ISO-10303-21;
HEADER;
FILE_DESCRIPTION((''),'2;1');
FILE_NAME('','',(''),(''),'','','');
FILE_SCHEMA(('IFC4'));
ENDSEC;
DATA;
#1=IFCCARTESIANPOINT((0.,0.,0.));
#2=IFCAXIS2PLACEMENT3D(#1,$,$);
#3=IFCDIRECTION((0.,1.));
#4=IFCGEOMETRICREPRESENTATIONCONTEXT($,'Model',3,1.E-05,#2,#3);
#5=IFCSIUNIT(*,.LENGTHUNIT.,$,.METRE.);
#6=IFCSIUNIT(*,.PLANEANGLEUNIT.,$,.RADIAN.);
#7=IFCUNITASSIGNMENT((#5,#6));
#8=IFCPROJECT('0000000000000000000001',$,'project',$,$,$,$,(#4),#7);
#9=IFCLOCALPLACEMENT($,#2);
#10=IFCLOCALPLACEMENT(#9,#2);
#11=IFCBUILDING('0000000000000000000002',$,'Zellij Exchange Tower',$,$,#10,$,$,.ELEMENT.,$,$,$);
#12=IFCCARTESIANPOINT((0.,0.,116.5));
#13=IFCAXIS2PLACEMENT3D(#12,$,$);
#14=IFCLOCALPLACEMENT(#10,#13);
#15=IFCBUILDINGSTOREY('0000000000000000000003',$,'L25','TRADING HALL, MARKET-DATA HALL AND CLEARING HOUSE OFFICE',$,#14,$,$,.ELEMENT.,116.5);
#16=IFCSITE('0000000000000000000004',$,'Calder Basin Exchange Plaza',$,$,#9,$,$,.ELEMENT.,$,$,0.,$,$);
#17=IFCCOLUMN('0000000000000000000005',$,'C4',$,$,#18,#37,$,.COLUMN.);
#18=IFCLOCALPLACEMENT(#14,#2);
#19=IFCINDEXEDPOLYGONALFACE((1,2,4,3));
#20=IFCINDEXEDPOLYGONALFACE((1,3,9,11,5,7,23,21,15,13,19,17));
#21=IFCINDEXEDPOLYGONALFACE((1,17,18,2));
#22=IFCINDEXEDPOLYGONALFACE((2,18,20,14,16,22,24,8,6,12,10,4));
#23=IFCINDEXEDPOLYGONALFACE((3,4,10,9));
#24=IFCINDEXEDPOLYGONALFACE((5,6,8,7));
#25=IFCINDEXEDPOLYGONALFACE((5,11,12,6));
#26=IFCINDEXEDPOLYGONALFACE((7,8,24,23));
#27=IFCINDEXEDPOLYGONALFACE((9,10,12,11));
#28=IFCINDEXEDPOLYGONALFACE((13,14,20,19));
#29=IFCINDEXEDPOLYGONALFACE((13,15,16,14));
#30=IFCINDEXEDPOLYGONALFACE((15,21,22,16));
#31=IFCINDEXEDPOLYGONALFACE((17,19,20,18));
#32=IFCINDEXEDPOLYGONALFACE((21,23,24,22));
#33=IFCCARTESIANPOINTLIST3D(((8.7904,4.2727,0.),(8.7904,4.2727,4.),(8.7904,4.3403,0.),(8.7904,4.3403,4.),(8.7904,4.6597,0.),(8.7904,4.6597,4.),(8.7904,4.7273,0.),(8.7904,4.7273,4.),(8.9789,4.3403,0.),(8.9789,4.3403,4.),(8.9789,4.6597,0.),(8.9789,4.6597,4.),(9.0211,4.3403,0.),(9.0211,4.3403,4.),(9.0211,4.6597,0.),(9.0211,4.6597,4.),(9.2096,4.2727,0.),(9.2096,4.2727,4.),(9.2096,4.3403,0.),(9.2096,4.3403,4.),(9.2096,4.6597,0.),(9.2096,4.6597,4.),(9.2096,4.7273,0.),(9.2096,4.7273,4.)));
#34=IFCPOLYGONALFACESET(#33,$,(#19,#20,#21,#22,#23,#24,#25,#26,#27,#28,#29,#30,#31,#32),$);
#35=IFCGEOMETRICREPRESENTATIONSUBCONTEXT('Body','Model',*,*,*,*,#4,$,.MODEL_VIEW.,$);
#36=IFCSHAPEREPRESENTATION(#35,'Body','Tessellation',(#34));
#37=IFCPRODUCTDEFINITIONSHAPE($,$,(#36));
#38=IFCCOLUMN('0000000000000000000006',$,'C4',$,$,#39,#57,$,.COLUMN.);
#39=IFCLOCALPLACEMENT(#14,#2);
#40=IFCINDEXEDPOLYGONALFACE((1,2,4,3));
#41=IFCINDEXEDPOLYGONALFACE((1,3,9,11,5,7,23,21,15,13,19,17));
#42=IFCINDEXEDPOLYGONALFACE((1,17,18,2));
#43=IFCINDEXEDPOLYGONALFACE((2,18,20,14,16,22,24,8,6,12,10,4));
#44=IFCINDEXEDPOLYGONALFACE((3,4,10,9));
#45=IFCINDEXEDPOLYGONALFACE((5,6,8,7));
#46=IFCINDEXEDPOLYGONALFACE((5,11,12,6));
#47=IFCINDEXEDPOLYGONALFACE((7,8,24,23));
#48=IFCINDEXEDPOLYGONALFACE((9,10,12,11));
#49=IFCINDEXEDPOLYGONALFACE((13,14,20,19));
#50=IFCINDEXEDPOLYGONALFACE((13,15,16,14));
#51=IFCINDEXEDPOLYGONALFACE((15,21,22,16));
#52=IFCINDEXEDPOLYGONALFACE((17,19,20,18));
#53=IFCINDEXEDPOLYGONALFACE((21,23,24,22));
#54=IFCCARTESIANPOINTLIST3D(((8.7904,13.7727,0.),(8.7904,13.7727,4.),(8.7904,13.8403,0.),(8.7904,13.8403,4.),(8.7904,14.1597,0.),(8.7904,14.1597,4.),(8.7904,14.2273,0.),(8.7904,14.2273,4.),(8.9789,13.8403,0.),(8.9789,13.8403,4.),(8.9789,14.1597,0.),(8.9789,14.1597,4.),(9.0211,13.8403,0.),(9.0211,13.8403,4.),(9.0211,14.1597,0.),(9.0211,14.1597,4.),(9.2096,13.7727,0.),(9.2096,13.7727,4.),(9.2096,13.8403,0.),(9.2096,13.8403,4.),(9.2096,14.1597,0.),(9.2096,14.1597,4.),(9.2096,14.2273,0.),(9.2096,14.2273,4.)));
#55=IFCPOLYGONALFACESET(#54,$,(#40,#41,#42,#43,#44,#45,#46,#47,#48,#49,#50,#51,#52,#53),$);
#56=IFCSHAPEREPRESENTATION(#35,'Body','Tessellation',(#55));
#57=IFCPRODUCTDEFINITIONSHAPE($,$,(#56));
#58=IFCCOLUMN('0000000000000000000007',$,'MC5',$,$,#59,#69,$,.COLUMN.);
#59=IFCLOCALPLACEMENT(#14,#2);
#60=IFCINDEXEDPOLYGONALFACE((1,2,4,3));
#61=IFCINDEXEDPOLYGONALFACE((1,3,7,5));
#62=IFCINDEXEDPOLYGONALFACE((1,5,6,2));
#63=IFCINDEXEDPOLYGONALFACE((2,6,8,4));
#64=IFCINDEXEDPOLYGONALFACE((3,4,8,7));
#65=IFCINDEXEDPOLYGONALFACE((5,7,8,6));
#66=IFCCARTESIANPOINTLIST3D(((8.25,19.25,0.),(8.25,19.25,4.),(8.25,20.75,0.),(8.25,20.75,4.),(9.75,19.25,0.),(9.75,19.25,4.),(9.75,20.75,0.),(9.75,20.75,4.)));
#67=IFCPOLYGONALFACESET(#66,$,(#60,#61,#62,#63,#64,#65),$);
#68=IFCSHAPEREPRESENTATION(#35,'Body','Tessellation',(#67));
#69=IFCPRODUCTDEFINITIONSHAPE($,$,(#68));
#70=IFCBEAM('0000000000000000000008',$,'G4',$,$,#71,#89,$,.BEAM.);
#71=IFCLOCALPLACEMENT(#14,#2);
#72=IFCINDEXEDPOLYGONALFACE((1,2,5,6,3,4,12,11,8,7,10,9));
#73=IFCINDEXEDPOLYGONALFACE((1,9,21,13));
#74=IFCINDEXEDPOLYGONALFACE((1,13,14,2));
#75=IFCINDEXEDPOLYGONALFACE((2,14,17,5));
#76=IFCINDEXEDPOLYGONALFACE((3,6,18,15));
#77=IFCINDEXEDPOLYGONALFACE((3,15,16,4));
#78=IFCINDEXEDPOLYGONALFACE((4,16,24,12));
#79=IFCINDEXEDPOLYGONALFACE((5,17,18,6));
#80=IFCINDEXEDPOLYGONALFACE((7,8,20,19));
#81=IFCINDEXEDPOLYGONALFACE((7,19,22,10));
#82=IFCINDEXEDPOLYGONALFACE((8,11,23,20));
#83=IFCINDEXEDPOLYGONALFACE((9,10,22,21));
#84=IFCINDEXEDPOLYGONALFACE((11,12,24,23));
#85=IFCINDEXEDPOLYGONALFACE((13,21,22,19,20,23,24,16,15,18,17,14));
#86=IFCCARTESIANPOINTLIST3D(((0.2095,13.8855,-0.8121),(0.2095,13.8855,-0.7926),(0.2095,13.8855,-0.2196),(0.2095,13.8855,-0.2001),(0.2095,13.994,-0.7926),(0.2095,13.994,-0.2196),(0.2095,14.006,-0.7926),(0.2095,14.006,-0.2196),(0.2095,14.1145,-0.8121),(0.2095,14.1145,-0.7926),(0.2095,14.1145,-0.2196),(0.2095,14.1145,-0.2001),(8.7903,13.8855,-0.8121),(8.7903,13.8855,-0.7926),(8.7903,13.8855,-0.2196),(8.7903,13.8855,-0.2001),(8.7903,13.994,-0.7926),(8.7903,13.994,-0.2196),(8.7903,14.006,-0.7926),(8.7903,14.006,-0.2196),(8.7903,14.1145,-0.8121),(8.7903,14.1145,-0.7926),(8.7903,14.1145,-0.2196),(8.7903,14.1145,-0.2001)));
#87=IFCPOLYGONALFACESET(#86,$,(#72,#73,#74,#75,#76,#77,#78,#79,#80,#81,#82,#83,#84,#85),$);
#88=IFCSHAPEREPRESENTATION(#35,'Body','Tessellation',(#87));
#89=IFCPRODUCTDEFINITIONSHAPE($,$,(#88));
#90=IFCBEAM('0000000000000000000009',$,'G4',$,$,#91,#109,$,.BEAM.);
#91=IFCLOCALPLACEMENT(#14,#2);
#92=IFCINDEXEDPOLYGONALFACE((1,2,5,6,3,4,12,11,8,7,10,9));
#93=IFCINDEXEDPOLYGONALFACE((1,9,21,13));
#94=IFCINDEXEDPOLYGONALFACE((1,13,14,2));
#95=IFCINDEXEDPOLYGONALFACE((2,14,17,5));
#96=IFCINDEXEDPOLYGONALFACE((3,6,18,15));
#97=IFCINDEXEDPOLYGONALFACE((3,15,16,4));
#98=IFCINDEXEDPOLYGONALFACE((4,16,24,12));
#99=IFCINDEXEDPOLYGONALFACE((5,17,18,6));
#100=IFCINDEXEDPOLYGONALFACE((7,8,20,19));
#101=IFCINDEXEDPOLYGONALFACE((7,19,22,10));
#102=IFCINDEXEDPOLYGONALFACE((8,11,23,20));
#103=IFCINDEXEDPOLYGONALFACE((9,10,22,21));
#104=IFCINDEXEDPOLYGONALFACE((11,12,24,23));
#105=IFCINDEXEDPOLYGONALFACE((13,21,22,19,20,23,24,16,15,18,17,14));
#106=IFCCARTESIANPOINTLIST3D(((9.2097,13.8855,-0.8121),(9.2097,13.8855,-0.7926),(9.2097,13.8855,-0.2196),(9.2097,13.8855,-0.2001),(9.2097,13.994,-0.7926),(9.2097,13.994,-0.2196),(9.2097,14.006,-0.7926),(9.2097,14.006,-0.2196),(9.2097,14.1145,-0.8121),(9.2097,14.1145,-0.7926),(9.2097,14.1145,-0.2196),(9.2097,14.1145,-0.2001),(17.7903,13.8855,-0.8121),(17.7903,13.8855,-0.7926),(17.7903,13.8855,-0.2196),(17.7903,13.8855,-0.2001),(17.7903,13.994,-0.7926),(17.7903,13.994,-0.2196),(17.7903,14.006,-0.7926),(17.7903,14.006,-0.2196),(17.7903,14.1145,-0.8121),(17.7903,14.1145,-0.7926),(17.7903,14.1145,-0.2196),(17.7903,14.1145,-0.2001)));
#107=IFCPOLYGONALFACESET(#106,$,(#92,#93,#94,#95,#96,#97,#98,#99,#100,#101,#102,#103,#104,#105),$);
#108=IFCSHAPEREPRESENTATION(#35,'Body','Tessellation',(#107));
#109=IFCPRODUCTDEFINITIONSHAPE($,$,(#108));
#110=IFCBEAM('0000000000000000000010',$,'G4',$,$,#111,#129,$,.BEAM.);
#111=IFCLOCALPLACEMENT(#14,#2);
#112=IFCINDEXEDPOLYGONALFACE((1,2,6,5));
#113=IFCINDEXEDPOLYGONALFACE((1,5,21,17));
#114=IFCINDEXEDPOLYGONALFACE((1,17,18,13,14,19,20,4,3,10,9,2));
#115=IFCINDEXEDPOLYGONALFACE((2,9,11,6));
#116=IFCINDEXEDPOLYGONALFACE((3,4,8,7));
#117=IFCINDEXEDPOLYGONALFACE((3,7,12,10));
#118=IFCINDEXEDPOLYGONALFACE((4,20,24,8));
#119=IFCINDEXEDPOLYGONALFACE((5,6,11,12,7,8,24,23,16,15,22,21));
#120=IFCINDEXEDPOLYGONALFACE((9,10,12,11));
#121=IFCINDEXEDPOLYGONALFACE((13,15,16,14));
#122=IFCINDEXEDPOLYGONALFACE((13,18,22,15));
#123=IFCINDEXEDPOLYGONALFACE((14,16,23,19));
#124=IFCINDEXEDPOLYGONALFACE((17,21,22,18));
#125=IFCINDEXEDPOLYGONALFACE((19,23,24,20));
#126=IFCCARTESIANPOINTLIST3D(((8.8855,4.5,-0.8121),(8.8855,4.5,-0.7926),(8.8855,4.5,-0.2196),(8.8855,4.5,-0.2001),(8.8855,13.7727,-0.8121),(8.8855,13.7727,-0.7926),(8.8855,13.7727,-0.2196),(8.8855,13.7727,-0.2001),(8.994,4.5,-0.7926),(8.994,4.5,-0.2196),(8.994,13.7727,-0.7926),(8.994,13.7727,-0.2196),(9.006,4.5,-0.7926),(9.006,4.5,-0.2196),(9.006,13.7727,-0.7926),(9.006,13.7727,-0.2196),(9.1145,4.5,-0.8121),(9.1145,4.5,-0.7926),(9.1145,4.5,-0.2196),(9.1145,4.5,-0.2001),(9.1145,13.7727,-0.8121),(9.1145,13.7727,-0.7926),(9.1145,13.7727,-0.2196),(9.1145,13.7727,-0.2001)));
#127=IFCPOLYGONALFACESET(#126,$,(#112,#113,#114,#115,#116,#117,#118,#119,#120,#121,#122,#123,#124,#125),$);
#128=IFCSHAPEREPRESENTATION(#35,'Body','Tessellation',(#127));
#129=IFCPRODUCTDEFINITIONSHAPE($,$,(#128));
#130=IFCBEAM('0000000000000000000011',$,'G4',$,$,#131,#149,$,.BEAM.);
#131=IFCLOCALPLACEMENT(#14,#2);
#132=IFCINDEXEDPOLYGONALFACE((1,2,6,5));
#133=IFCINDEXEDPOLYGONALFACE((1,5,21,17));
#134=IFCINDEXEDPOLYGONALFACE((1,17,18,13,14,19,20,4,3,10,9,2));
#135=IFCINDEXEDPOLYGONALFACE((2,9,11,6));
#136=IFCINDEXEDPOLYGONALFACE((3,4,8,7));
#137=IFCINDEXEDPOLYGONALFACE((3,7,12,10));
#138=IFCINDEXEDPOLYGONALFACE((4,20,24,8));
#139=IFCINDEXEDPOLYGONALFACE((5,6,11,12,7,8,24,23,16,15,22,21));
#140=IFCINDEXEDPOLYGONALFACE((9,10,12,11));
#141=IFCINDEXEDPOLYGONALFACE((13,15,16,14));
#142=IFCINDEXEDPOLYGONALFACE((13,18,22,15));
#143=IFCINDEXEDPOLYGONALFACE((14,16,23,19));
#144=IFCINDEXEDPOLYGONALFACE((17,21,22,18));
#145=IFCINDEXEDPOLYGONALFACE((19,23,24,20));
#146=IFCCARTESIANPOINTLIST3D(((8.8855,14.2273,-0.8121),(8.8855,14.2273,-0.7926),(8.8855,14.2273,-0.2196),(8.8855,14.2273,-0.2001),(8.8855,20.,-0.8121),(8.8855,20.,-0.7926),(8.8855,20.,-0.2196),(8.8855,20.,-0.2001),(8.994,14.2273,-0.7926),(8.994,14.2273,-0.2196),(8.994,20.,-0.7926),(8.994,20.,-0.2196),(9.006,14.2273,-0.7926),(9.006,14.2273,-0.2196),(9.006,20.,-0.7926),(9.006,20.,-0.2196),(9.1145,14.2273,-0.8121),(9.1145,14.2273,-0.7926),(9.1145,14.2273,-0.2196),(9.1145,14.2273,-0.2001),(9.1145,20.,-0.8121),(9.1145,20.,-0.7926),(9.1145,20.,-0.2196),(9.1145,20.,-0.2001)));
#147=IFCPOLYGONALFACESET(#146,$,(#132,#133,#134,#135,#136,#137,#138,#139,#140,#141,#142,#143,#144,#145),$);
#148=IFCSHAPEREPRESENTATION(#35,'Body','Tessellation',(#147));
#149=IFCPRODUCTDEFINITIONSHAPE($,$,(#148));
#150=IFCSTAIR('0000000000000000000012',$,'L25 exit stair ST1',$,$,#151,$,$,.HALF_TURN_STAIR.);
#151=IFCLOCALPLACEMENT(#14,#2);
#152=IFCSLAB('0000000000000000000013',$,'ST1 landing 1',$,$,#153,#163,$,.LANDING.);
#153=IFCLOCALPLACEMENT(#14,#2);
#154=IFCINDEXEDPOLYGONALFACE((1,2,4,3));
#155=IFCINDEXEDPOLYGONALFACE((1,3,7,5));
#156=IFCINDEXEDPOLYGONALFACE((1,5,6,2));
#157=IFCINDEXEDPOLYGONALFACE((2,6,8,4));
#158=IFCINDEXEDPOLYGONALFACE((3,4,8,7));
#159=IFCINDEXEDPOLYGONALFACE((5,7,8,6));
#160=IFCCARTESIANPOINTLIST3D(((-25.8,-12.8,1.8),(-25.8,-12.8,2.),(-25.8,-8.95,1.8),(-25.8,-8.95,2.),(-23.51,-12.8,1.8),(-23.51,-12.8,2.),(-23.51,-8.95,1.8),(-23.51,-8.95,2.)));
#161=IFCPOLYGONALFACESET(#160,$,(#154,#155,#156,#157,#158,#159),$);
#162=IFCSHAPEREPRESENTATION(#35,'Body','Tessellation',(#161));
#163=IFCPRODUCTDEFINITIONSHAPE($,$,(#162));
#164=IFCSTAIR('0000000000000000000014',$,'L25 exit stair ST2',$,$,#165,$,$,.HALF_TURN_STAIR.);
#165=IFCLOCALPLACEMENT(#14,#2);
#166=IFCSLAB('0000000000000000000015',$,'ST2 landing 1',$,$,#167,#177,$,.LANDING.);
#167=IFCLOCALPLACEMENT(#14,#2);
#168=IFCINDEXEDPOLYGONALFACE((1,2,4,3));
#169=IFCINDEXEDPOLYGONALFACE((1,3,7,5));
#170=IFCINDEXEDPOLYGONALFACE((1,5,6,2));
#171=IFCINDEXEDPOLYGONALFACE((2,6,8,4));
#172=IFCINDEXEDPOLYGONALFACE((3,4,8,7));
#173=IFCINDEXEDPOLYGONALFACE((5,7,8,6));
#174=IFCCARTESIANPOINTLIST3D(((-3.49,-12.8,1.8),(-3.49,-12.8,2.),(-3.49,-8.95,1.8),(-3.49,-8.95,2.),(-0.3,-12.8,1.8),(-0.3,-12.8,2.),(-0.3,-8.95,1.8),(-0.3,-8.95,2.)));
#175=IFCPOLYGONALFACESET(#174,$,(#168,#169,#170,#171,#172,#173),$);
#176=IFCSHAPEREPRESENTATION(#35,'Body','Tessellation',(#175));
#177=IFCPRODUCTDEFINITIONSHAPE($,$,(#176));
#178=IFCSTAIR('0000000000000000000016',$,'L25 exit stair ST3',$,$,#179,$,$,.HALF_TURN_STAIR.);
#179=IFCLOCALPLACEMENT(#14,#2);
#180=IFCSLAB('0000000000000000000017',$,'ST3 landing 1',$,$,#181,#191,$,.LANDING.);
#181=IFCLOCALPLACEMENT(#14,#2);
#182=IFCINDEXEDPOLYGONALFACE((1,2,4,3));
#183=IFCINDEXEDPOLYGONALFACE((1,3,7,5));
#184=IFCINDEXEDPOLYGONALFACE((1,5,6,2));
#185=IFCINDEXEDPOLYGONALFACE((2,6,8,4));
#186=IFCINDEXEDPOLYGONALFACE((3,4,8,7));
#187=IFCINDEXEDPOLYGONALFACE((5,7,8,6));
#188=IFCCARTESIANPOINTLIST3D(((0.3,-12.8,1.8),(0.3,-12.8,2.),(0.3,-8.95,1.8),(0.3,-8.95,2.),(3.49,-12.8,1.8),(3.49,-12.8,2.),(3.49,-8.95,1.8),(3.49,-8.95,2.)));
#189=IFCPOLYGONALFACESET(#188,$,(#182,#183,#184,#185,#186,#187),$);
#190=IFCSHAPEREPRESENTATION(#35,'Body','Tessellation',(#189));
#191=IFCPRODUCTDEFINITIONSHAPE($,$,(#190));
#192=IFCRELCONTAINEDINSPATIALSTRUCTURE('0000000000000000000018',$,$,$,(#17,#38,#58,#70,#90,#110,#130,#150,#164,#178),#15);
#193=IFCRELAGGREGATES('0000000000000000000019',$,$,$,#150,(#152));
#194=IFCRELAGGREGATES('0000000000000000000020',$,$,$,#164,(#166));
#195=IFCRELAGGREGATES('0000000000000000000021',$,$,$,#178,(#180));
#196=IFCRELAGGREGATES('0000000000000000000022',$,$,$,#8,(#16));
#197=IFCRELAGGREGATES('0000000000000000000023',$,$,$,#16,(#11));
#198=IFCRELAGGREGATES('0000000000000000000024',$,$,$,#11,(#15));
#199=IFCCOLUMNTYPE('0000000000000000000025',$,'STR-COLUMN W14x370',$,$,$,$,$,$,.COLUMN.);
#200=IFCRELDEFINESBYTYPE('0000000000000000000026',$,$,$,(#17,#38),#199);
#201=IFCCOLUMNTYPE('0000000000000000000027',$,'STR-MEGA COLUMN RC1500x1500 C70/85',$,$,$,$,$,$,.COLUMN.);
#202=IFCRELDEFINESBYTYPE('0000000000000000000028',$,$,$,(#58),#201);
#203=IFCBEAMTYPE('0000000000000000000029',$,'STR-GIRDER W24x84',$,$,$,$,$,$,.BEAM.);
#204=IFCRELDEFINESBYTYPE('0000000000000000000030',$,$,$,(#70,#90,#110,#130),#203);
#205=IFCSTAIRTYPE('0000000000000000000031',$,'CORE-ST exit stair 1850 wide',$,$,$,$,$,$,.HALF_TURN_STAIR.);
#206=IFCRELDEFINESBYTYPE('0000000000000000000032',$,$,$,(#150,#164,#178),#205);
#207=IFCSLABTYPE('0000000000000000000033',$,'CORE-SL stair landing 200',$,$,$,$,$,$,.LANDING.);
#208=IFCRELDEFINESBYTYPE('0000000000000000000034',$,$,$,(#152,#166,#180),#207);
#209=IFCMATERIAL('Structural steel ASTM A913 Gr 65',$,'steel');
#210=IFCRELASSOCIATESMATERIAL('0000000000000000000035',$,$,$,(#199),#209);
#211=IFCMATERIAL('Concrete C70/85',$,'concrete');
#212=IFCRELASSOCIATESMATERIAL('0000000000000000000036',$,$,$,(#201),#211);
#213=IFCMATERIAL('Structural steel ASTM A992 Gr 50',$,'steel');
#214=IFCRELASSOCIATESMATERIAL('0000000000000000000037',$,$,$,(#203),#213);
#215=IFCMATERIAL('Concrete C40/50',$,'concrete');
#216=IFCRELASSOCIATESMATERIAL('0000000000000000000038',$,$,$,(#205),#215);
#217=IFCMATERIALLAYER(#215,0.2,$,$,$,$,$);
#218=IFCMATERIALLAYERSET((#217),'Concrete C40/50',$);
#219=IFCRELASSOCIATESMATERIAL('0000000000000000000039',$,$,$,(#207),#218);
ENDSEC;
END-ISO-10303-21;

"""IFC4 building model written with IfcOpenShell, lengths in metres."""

from ifc_helpers import new_model, si_unit, direction, frame, origin, origin_2d, place, context, subcontext, project, spatial, polyline, rectangle, i_section, outline, extrude, material, layer, layer_set, material_profile, profile_set, type_object, element, aggregate, save


model = new_model("IFC4")

# Units and contexts
model_context = context("Model", 3, precision=1e-05, world=origin(), true_north=direction((0.0, 1.0)))
body_context = subcontext(model_context, "Body", "Model", "MODEL_VIEW")
ifc_project = project(units=[si_unit("LENGTHUNIT", "METRE"), si_unit("PLANEANGLEUNIT", "RADIAN")], contexts=[model_context])

# Site, building, storey
site_placement = place(None, origin())
site = spatial("IfcSite", under=ifc_project, at=site_placement, Name="Calder Basin Exchange Plaza", CompositionType="ELEMENT", RefElevation=0.0)
building_placement = place(site_placement, origin())
building = spatial("IfcBuilding", under=site, at=building_placement, Name="Zellij Exchange Tower", CompositionType="ELEMENT")
storey_placement = place(building_placement, frame((0.0, 0.0, 116.5)))
storey = spatial("IfcBuildingStorey", under=building, at=storey_placement, Name="L25", Description="TRADING HALL, MARKET-DATA HALL AND CLEARING HOUSE OFFICE", CompositionType="ELEMENT", Elevation=116.5)

# Columns
ifc_material_1 = material(Name="Structural steel ASTM A913 Gr 65", Category="steel")
ifc_material_profile_1 = material_profile(ifc_material_1, i_section(OverallWidth=0.4192, OverallDepth=0.4546, WebThickness=0.0422, FlangeThickness=0.0676, at=origin_2d()), Name="W14x370")
ifc_profile_set_1 = profile_set([ifc_material_profile_1], Name="Structural steel ASTM A913 Gr 65")
column_type_1 = type_object("IfcColumnType", Name="STR-COLUMN W14x370", PredefinedType="COLUMN", material=ifc_profile_set_1)
for number, where, z_axis, x_axis, name in (
    (1, (9.0, 4.5, 0.0), (0.0, 0.0, 1.0), (1.0, 0.0, 0.0), "C4"),
    (2, (9.0, 14.0, 0.0), (0.0, 0.0, 1.0), (1.0, 0.0, 0.0), "C4"),
):
    element("IfcColumn", number, at=place(storey_placement, frame(where, z_axis=z_axis, x_axis=x_axis)), inside=storey, type_object=column_type_1, Name=name, PredefinedType="COLUMN", context=body_context, shape_type="SweptSolid", body=[
        extrude(i_section(OverallWidth=0.4192, OverallDepth=0.4546, WebThickness=0.0422, FlangeThickness=0.0676, at=origin_2d()), origin(), (0.0, 0.0, 1.0), 4.0),
    ])
ifc_material_2 = material(Name="Concrete C70/85", Category="concrete")
ifc_material_profile_2 = material_profile(ifc_material_2, rectangle(XDim=1.5, YDim=1.5, at=origin_2d()), Name="STR-MEGA COLUMN RC1500x1500 C70/85")
ifc_profile_set_2 = profile_set([ifc_material_profile_2], Name="Concrete C70/85")
column_type_2 = type_object("IfcColumnType", Name="STR-MEGA COLUMN RC1500x1500 C70/85", PredefinedType="COLUMN", material=ifc_profile_set_2)
column_placement = place(storey_placement, frame((9.0, 20.0, 0.0), z_axis=(0.0, 0.0, 1.0), x_axis=(1.0, 0.0, 0.0)))
element("IfcColumn", 3, at=column_placement, inside=storey, type_object=column_type_2, Name="MC5", PredefinedType="COLUMN", context=body_context, shape_type="SweptSolid", body=[
    extrude(rectangle(XDim=1.5, YDim=1.5, at=origin_2d()), origin(), (0.0, 0.0, 1.0), 4.0),
])

# Beams
ifc_material_3 = material(Name="Structural steel ASTM A992 Gr 50", Category="steel")
ifc_material_profile_3 = material_profile(ifc_material_3, i_section(OverallWidth=0.229, OverallDepth=0.6121, WebThickness=0.012, FlangeThickness=0.0195, at=origin_2d()), Name="W24x84")
ifc_profile_set_3 = profile_set([ifc_material_profile_3], Name="Structural steel ASTM A992 Gr 50")
beam_type = type_object("IfcBeamType", Name="STR-GIRDER W24x84", PredefinedType="BEAM", material=ifc_profile_set_3)
beam_1_placement = place(storey_placement, frame((0.2095, 14.0, -0.5061), z_axis=(1.0, 0.0, 0.0), x_axis=(0.0, 1.0, 0.0)))
element("IfcBeam", 4, at=beam_1_placement, inside=storey, type_object=beam_type, Name="G4", PredefinedType="BEAM", context=body_context, shape_type="SweptSolid", body=[
    extrude(i_section(OverallWidth=0.229, OverallDepth=0.6121, WebThickness=0.012, FlangeThickness=0.0195, at=origin_2d()), origin(), (0.0, 0.0, 1.0), 8.5808),
])
beam_2_placement = place(storey_placement, frame((9.2097, 14.0, -0.5061), z_axis=(1.0, 0.0, 0.0), x_axis=(0.0, 1.0, 0.0)))
element("IfcBeam", 5, at=beam_2_placement, inside=storey, type_object=beam_type, Name="G4", PredefinedType="BEAM", context=body_context, shape_type="SweptSolid", body=[
    extrude(i_section(OverallWidth=0.229, OverallDepth=0.6121, WebThickness=0.012, FlangeThickness=0.0195, at=origin_2d()), origin(), (0.0, 0.0, 1.0), 8.5806),
])
beam_3_placement = place(storey_placement, frame((9.0, 4.5, -0.5061), z_axis=(0.0, 1.0, 0.0), x_axis=(-1.0, 0.0, 0.0)))
element("IfcBeam", 6, at=beam_3_placement, inside=storey, type_object=beam_type, Name="G4", PredefinedType="BEAM", context=body_context, shape_type="SweptSolid", body=[
    extrude(i_section(OverallWidth=0.229, OverallDepth=0.6121, WebThickness=0.012, FlangeThickness=0.0195, at=origin_2d()), origin(), (0.0, 0.0, 1.0), 9.2727),
])
beam_4_placement = place(storey_placement, frame((9.0, 14.2273, -0.5061), z_axis=(0.0, 1.0, 0.0), x_axis=(-1.0, 0.0, 0.0)))
element("IfcBeam", 7, at=beam_4_placement, inside=storey, type_object=beam_type, Name="G4", PredefinedType="BEAM", context=body_context, shape_type="SweptSolid", body=[
    extrude(i_section(OverallWidth=0.229, OverallDepth=0.6121, WebThickness=0.012, FlangeThickness=0.0195, at=origin_2d()), origin(), (0.0, 0.0, 1.0), 5.7727),
])

# Stairs, slabs
ifc_material_4 = material(Name="Concrete C40/50", Category="concrete")
stair_type = type_object("IfcStairType", Name="CORE-ST exit stair 1850 wide", PredefinedType="HALF_TURN_STAIR", material=ifc_material_4)
stair_1_placement = place(storey_placement, origin())
stair_1 = element("IfcStair", 8, at=stair_1_placement, inside=storey, type_object=stair_type, Name="L25 exit stair ST1", PredefinedType="HALF_TURN_STAIR")
ifc_layer_1 = layer(ifc_material_4, 0.2)
ifc_layer_set_1 = layer_set([ifc_layer_1], Name="Concrete C40/50")
slab_type = type_object("IfcSlabType", Name="CORE-SL stair landing 200", PredefinedType="LANDING", material=ifc_layer_set_1)
slab_1_placement = place(storey_placement, frame((0.0, 0.0, 1.8)))
slab_1 = element("IfcSlab", 9, at=slab_1_placement, type_object=slab_type, Name="ST1 landing 1", PredefinedType="LANDING", context=body_context, shape_type="SweptSolid", body=[
    extrude(outline(polyline([(-23.51, -8.95), (-25.8, -8.95), (-25.8, -12.8), (-23.51, -12.8), (-23.51, -8.95)])), origin(), (0.0, 0.0, 1.0), 0.2),
])
aggregate(stair_1, [slab_1])
stair_2_placement = place(storey_placement, origin())
stair_2 = element("IfcStair", 10, at=stair_2_placement, inside=storey, type_object=stair_type, Name="L25 exit stair ST2", PredefinedType="HALF_TURN_STAIR")
slab_2_placement = place(storey_placement, frame((0.0, 0.0, 1.8)))
slab_2 = element("IfcSlab", 11, at=slab_2_placement, type_object=slab_type, Name="ST2 landing 1", PredefinedType="LANDING", context=body_context, shape_type="SweptSolid", body=[
    extrude(outline(polyline([(-3.49, -12.8), (-0.3, -12.8), (-0.3, -8.95), (-3.49, -8.95), (-3.49, -12.8)])), origin(), (0.0, 0.0, 1.0), 0.2),
])
aggregate(stair_2, [slab_2])
stair_3_placement = place(storey_placement, origin())
stair_3 = element("IfcStair", 12, at=stair_3_placement, inside=storey, type_object=stair_type, Name="L25 exit stair ST3", PredefinedType="HALF_TURN_STAIR")
slab_3_placement = place(storey_placement, frame((0.0, 0.0, 1.8)))
slab_3 = element("IfcSlab", 13, at=slab_3_placement, type_object=slab_type, Name="ST3 landing 1", PredefinedType="LANDING", context=body_context, shape_type="SweptSolid", body=[
    extrude(outline(polyline([(3.49, -8.95), (0.3, -8.95), (0.3, -12.8), (3.49, -12.8), (3.49, -8.95)])), origin(), (0.0, 0.0, 1.0), 0.2),
])
aggregate(stair_3, [slab_3])

save(model, "model.ifc")
